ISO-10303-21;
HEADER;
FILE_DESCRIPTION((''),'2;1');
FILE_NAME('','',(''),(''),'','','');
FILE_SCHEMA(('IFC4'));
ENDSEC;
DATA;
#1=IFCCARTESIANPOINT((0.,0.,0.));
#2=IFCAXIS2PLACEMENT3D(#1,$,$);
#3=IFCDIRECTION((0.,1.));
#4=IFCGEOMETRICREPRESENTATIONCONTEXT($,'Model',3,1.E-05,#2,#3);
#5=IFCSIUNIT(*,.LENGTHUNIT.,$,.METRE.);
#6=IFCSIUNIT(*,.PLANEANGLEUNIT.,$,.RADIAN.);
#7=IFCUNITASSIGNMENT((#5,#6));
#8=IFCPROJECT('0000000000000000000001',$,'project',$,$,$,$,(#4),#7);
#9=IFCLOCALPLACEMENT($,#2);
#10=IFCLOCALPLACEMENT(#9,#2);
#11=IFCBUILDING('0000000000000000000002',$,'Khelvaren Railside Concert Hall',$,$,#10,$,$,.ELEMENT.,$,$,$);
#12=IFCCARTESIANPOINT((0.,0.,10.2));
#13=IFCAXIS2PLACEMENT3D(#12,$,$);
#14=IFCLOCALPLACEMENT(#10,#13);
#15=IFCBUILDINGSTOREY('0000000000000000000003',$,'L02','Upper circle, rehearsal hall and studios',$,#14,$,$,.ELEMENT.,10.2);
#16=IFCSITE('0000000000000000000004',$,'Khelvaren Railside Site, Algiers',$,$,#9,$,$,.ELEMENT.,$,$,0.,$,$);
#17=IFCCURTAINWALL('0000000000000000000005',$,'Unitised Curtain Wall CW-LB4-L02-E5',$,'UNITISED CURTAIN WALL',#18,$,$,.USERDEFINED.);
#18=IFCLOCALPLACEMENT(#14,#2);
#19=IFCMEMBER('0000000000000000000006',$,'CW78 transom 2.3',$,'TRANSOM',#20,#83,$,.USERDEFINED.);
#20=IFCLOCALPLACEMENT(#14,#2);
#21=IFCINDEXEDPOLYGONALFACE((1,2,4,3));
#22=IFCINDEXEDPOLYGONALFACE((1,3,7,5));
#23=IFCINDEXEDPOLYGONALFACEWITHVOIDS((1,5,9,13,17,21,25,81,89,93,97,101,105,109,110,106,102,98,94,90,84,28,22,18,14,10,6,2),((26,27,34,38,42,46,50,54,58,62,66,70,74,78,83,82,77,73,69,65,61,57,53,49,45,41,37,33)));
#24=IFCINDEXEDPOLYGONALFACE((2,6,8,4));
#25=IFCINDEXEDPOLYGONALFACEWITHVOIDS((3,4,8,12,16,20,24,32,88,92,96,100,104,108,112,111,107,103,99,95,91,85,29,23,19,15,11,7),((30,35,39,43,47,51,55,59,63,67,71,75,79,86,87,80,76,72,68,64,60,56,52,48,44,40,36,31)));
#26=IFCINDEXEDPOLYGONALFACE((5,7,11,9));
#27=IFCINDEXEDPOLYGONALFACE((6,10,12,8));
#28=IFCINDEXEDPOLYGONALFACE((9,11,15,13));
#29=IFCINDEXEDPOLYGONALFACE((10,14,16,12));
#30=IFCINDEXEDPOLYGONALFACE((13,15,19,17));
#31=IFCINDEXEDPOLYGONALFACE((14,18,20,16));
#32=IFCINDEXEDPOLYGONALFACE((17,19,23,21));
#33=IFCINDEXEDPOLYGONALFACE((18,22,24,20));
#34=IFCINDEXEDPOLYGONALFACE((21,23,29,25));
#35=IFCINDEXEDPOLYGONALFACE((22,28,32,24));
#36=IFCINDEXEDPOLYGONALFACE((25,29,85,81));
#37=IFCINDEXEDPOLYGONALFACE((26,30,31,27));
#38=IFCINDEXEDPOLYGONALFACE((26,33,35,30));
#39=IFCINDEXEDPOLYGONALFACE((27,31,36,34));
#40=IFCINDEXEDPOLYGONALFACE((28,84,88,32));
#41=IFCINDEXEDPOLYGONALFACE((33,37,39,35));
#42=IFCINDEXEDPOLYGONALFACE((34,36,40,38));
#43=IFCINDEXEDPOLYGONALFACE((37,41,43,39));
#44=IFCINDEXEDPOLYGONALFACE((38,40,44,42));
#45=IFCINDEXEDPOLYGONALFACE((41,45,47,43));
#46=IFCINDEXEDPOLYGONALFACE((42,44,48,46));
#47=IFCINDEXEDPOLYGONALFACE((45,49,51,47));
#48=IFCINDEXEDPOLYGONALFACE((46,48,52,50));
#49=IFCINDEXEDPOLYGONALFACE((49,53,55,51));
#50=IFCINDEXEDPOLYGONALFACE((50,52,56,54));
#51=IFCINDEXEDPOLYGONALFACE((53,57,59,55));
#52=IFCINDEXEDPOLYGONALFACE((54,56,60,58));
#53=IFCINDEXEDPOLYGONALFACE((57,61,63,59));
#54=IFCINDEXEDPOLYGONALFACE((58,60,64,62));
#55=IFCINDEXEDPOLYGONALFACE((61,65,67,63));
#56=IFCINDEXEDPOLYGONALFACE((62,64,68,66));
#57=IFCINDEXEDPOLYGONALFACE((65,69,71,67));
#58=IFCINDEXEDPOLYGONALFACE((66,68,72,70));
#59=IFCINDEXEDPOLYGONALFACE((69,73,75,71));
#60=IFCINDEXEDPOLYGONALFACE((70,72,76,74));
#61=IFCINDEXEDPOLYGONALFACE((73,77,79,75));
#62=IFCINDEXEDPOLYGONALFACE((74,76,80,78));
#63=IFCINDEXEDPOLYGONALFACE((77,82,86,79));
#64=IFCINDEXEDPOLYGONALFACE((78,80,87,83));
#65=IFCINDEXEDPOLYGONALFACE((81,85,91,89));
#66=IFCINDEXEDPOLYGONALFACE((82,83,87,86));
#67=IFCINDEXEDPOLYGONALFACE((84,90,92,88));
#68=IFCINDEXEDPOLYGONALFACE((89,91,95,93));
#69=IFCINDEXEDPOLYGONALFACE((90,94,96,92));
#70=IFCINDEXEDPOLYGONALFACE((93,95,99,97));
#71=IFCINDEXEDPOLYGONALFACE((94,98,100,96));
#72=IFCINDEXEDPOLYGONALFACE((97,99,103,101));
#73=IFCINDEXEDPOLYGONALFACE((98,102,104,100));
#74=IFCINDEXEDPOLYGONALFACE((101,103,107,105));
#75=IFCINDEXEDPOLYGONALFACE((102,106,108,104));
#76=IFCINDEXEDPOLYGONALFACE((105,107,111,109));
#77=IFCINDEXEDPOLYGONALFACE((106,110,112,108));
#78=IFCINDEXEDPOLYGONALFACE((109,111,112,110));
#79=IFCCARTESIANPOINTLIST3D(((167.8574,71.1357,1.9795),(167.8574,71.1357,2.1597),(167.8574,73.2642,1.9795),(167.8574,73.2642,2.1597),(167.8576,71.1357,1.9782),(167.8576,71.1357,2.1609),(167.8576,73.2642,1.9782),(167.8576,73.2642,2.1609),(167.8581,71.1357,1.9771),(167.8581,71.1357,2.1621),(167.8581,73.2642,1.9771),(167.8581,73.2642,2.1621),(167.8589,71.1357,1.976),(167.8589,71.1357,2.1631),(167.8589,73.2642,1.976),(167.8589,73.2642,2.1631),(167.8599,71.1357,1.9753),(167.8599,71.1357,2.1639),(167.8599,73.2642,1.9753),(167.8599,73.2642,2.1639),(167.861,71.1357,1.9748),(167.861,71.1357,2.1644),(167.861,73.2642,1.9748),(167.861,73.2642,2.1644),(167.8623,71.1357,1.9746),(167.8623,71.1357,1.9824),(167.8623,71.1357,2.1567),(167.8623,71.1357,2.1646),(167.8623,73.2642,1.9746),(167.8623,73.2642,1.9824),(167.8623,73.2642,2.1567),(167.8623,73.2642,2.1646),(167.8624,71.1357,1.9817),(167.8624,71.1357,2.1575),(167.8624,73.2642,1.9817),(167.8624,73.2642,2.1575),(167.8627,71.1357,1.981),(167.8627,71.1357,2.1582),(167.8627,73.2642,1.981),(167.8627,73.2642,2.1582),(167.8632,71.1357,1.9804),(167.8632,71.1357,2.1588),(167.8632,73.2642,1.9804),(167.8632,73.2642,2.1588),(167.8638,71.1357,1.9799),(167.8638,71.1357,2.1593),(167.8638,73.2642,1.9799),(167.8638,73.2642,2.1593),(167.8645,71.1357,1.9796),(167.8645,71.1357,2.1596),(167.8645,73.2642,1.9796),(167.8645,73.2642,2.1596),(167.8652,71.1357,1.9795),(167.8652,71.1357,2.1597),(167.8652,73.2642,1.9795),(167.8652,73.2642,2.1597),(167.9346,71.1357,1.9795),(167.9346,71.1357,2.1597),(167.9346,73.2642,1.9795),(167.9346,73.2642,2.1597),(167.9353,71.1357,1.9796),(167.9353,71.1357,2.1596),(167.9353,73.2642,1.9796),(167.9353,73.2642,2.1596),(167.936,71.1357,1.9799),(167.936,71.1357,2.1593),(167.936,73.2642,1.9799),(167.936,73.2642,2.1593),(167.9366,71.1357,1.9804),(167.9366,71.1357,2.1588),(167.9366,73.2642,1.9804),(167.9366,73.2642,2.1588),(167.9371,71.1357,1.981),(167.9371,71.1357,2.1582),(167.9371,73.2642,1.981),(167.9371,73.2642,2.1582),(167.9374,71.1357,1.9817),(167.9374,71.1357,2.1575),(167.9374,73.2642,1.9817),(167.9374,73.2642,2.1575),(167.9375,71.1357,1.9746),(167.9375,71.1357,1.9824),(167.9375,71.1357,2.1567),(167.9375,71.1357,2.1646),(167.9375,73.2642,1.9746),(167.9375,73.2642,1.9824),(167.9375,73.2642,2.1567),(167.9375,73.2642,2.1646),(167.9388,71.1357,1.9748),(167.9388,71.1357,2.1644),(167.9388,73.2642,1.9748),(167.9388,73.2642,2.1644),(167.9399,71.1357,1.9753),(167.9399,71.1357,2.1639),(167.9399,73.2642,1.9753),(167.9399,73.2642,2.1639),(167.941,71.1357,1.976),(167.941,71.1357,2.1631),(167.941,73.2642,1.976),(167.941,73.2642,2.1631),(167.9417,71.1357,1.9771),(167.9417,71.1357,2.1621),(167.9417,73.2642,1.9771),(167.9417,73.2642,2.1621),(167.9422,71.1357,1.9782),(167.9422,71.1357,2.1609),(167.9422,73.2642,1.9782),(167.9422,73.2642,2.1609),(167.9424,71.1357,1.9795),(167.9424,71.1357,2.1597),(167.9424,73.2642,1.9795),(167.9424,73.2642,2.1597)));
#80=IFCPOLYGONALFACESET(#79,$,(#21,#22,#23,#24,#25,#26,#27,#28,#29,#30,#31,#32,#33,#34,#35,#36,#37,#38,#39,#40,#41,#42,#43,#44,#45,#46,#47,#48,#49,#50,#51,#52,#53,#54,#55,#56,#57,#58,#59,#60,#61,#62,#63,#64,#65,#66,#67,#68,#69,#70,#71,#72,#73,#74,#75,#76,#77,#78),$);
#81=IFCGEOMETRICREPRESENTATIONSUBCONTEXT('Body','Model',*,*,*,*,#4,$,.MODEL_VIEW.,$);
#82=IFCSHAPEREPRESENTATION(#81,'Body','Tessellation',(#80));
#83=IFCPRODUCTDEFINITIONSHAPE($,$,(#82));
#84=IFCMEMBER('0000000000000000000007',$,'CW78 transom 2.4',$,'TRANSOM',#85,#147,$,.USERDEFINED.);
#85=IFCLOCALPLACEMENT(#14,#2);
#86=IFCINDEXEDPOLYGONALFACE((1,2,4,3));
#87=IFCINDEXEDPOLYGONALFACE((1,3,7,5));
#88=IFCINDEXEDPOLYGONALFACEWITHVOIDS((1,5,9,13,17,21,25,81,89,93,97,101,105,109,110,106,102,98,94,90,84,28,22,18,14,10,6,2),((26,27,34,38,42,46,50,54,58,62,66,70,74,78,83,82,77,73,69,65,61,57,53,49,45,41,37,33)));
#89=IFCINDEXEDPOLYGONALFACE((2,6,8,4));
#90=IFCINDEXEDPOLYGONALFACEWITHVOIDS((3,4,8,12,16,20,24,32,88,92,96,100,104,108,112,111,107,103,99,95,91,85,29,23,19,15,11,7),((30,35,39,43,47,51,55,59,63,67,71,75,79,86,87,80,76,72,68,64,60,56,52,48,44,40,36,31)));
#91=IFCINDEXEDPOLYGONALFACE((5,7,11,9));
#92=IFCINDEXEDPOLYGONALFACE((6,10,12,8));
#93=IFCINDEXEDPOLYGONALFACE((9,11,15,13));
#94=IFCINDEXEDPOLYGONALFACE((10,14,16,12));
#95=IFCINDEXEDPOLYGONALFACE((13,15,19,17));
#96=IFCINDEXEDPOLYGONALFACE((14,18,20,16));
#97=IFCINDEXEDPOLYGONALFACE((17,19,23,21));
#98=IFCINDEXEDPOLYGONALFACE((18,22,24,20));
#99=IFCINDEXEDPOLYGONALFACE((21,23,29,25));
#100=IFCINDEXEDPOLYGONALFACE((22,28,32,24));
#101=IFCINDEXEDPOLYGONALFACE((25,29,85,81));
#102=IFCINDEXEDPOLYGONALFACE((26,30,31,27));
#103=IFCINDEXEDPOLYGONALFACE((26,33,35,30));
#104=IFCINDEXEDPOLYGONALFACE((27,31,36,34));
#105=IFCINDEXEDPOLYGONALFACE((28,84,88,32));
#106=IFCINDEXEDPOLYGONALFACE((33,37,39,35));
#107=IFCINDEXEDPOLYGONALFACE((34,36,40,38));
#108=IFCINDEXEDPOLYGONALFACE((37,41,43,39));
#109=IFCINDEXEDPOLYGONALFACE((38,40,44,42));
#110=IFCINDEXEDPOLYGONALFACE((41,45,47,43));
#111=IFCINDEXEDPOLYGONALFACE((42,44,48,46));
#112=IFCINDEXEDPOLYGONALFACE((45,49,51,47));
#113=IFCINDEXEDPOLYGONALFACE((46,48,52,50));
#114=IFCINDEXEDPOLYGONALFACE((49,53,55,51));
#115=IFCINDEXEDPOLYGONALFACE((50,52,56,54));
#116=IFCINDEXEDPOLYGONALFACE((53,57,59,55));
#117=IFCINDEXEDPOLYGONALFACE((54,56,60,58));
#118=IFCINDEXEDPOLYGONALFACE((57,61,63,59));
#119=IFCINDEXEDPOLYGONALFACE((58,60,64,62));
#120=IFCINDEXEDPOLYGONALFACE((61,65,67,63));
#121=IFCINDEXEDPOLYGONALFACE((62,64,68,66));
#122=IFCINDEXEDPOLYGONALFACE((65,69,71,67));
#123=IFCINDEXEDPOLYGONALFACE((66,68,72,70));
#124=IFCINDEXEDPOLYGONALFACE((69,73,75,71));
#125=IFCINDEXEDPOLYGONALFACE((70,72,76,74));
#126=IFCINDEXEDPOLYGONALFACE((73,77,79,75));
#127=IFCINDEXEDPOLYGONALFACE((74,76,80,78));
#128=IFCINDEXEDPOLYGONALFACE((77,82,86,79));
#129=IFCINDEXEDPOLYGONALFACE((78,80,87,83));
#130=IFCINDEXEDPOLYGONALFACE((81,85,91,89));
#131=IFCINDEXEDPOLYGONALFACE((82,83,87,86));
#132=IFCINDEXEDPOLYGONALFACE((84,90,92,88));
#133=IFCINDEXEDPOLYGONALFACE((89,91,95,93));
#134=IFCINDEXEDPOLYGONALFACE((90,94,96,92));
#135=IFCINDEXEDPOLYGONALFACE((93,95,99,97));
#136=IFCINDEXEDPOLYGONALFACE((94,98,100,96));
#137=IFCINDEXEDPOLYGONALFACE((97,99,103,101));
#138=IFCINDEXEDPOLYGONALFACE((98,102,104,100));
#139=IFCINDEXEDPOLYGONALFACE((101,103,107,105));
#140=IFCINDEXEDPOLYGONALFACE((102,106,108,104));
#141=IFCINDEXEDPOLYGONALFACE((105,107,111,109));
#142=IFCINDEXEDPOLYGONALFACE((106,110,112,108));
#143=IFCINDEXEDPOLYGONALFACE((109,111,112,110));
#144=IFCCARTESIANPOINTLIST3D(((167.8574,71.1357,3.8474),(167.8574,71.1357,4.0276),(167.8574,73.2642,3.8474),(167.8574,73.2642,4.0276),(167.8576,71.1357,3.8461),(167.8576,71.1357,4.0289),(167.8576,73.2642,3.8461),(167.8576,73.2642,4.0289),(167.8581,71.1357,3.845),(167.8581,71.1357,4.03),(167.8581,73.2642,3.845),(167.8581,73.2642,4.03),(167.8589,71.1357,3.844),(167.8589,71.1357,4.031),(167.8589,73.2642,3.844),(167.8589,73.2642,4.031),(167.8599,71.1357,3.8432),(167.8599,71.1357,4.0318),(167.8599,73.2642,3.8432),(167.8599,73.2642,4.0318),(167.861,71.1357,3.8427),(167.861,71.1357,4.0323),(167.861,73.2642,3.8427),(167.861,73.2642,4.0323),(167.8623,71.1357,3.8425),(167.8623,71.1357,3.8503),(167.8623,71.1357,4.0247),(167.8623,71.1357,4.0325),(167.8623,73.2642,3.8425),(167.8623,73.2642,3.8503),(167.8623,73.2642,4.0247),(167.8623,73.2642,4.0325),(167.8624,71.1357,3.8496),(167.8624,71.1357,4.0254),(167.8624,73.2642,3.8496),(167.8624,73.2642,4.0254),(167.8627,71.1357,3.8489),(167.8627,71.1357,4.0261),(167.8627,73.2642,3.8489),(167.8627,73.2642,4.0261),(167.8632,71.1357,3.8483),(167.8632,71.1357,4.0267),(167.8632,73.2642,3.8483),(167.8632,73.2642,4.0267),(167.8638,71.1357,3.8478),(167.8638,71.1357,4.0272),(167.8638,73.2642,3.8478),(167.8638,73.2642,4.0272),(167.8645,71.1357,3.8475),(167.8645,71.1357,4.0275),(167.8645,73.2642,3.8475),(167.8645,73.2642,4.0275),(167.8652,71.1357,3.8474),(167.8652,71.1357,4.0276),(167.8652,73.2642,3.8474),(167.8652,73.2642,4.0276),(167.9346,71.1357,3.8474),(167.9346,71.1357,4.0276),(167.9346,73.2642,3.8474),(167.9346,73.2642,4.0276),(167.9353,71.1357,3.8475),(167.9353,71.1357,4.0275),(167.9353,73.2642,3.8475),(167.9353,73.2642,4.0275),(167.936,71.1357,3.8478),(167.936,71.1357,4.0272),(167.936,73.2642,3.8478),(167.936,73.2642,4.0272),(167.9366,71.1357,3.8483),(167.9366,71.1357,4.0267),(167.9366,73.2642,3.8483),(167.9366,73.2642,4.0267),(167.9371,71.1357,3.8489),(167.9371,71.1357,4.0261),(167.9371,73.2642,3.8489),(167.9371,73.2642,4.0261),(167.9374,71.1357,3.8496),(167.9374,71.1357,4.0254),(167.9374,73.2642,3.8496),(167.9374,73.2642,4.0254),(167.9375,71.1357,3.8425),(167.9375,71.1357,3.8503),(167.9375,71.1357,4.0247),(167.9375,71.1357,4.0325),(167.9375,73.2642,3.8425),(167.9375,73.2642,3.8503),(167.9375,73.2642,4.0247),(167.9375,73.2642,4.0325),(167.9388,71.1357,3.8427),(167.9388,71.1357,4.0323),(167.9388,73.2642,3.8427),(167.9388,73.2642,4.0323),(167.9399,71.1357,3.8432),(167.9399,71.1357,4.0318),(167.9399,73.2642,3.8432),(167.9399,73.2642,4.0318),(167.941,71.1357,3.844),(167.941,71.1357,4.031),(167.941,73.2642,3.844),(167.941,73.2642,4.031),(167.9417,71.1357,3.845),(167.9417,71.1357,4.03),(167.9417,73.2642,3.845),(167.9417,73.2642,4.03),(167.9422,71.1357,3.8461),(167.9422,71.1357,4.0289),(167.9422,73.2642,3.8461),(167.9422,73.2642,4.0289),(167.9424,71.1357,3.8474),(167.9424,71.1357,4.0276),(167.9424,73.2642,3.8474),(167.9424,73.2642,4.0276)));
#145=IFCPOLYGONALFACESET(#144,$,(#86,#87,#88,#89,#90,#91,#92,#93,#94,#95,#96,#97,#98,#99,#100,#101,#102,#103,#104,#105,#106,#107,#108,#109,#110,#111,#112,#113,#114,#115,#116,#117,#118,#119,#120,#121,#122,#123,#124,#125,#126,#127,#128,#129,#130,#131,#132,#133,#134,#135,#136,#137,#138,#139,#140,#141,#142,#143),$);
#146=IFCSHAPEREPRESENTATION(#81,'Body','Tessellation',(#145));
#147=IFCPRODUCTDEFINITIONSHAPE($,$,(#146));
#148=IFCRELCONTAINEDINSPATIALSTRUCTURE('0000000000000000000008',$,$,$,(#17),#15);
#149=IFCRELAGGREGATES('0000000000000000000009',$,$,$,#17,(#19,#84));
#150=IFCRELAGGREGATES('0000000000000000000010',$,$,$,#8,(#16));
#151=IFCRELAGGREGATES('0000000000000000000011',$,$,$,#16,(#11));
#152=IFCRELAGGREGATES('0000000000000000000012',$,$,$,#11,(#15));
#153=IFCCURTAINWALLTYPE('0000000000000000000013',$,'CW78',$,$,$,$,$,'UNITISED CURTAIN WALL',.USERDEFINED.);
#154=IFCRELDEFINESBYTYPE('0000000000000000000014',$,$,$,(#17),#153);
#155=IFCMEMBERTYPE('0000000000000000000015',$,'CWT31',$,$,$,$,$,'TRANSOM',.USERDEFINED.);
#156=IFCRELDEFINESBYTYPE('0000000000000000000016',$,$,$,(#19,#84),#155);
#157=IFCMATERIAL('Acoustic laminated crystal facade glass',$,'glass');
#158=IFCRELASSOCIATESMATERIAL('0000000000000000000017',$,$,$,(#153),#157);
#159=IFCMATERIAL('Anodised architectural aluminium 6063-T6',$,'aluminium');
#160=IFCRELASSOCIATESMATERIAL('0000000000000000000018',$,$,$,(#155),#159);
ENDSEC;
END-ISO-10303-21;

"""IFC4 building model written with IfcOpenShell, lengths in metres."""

from ifc_helpers import new_model, si_unit, direction, frame, origin, origin_2d, place, context, subcontext, project, spatial, hollow_rectangle, extrude, material, material_profile, profile_set, type_object, element, aggregate, save


model = new_model("IFC4")

# Units and contexts
model_context = context("Model", 3, precision=1e-05, world=origin(), true_north=direction((0.0, 1.0)))
body_context = subcontext(model_context, "Body", "Model", "MODEL_VIEW")
ifc_project = project(units=[si_unit("LENGTHUNIT", "METRE"), si_unit("PLANEANGLEUNIT", "RADIAN")], contexts=[model_context])

# Site, building, storey
site_placement = place(None, origin())
site = spatial("IfcSite", under=ifc_project, at=site_placement, Name="Khelvaren Railside Site, Algiers", CompositionType="ELEMENT", RefElevation=0.0)
building_placement = place(site_placement, origin())
building = spatial("IfcBuilding", under=site, at=building_placement, Name="Khelvaren Railside Concert Hall", CompositionType="ELEMENT")
storey_placement = place(building_placement, frame((0.0, 0.0, 10.2)))
storey = spatial("IfcBuildingStorey", under=building, at=storey_placement, Name="L02", Description="Upper circle, rehearsal hall and studios", CompositionType="ELEMENT", Elevation=10.2)

# Curtain wall
ifc_material_1 = material(Name="Acoustic laminated crystal facade glass", Category="glass")
curtain_wall_type = type_object("IfcCurtainWallType", Name="CW78", ElementType="UNITISED CURTAIN WALL", PredefinedType="USERDEFINED", material=ifc_material_1)
curtain_wall_1_placement = place(storey_placement, origin())
curtain_wall_1 = element("IfcCurtainWall", 1, at=curtain_wall_1_placement, inside=storey, type_object=curtain_wall_type, Name="Unitised Curtain Wall CW-LB4-L02-E5", ObjectType="UNITISED CURTAIN WALL", PredefinedType="USERDEFINED")
ifc_material_2 = material(Name="Anodised architectural aluminium 6063-T6", Category="aluminium")

# Members
ifc_material_profile_1 = material_profile(ifc_material_2, hollow_rectangle(XDim=0.085, YDim=0.1899, WallThickness=0.0049, InnerFilletRadius=0.0029, OuterFilletRadius=0.0049, at=origin_2d()), Name="CWT 85x190x5")
ifc_profile_set_1 = profile_set([ifc_material_profile_1], Name="Anodised architectural aluminium 6063-T6")
member_type_1 = type_object("IfcMemberType", Name="CWT31", ElementType="TRANSOM", PredefinedType="USERDEFINED", material=ifc_profile_set_1)
member_1_placement = place(storey_placement, frame((167.8999, 73.2642, 2.0696), z_axis=(0.0, -1.0, 0.0), x_axis=(1.0, 0.0, 0.0)))
member_1 = element("IfcMember", 2, at=member_1_placement, type_object=member_type_1, Name="CW78 transom 2.3", ObjectType="TRANSOM", PredefinedType="USERDEFINED", context=body_context, shape_type="SweptSolid", body=[
    extrude(hollow_rectangle(XDim=0.085, YDim=0.1899, WallThickness=0.0049, InnerFilletRadius=0.0029, OuterFilletRadius=0.0049, at=origin_2d()), origin(), (0.0, 0.0, 1.0), 2.1284),
])
member_2_placement = place(storey_placement, frame((167.8999, 73.2642, 3.9375), z_axis=(0.0, -1.0, 0.0), x_axis=(1.0, 0.0, 0.0)))
member_2 = element("IfcMember", 3, at=member_2_placement, type_object=member_type_1, Name="CW78 transom 2.4", ObjectType="TRANSOM", PredefinedType="USERDEFINED", context=body_context, shape_type="SweptSolid", body=[
    extrude(hollow_rectangle(XDim=0.085, YDim=0.1899, WallThickness=0.0049, InnerFilletRadius=0.0029, OuterFilletRadius=0.0049, at=origin_2d()), origin(), (0.0, 0.0, 1.0), 2.1284),
])

aggregate(curtain_wall_1, [member_1, member_2])

save(model, "model.ifc")
